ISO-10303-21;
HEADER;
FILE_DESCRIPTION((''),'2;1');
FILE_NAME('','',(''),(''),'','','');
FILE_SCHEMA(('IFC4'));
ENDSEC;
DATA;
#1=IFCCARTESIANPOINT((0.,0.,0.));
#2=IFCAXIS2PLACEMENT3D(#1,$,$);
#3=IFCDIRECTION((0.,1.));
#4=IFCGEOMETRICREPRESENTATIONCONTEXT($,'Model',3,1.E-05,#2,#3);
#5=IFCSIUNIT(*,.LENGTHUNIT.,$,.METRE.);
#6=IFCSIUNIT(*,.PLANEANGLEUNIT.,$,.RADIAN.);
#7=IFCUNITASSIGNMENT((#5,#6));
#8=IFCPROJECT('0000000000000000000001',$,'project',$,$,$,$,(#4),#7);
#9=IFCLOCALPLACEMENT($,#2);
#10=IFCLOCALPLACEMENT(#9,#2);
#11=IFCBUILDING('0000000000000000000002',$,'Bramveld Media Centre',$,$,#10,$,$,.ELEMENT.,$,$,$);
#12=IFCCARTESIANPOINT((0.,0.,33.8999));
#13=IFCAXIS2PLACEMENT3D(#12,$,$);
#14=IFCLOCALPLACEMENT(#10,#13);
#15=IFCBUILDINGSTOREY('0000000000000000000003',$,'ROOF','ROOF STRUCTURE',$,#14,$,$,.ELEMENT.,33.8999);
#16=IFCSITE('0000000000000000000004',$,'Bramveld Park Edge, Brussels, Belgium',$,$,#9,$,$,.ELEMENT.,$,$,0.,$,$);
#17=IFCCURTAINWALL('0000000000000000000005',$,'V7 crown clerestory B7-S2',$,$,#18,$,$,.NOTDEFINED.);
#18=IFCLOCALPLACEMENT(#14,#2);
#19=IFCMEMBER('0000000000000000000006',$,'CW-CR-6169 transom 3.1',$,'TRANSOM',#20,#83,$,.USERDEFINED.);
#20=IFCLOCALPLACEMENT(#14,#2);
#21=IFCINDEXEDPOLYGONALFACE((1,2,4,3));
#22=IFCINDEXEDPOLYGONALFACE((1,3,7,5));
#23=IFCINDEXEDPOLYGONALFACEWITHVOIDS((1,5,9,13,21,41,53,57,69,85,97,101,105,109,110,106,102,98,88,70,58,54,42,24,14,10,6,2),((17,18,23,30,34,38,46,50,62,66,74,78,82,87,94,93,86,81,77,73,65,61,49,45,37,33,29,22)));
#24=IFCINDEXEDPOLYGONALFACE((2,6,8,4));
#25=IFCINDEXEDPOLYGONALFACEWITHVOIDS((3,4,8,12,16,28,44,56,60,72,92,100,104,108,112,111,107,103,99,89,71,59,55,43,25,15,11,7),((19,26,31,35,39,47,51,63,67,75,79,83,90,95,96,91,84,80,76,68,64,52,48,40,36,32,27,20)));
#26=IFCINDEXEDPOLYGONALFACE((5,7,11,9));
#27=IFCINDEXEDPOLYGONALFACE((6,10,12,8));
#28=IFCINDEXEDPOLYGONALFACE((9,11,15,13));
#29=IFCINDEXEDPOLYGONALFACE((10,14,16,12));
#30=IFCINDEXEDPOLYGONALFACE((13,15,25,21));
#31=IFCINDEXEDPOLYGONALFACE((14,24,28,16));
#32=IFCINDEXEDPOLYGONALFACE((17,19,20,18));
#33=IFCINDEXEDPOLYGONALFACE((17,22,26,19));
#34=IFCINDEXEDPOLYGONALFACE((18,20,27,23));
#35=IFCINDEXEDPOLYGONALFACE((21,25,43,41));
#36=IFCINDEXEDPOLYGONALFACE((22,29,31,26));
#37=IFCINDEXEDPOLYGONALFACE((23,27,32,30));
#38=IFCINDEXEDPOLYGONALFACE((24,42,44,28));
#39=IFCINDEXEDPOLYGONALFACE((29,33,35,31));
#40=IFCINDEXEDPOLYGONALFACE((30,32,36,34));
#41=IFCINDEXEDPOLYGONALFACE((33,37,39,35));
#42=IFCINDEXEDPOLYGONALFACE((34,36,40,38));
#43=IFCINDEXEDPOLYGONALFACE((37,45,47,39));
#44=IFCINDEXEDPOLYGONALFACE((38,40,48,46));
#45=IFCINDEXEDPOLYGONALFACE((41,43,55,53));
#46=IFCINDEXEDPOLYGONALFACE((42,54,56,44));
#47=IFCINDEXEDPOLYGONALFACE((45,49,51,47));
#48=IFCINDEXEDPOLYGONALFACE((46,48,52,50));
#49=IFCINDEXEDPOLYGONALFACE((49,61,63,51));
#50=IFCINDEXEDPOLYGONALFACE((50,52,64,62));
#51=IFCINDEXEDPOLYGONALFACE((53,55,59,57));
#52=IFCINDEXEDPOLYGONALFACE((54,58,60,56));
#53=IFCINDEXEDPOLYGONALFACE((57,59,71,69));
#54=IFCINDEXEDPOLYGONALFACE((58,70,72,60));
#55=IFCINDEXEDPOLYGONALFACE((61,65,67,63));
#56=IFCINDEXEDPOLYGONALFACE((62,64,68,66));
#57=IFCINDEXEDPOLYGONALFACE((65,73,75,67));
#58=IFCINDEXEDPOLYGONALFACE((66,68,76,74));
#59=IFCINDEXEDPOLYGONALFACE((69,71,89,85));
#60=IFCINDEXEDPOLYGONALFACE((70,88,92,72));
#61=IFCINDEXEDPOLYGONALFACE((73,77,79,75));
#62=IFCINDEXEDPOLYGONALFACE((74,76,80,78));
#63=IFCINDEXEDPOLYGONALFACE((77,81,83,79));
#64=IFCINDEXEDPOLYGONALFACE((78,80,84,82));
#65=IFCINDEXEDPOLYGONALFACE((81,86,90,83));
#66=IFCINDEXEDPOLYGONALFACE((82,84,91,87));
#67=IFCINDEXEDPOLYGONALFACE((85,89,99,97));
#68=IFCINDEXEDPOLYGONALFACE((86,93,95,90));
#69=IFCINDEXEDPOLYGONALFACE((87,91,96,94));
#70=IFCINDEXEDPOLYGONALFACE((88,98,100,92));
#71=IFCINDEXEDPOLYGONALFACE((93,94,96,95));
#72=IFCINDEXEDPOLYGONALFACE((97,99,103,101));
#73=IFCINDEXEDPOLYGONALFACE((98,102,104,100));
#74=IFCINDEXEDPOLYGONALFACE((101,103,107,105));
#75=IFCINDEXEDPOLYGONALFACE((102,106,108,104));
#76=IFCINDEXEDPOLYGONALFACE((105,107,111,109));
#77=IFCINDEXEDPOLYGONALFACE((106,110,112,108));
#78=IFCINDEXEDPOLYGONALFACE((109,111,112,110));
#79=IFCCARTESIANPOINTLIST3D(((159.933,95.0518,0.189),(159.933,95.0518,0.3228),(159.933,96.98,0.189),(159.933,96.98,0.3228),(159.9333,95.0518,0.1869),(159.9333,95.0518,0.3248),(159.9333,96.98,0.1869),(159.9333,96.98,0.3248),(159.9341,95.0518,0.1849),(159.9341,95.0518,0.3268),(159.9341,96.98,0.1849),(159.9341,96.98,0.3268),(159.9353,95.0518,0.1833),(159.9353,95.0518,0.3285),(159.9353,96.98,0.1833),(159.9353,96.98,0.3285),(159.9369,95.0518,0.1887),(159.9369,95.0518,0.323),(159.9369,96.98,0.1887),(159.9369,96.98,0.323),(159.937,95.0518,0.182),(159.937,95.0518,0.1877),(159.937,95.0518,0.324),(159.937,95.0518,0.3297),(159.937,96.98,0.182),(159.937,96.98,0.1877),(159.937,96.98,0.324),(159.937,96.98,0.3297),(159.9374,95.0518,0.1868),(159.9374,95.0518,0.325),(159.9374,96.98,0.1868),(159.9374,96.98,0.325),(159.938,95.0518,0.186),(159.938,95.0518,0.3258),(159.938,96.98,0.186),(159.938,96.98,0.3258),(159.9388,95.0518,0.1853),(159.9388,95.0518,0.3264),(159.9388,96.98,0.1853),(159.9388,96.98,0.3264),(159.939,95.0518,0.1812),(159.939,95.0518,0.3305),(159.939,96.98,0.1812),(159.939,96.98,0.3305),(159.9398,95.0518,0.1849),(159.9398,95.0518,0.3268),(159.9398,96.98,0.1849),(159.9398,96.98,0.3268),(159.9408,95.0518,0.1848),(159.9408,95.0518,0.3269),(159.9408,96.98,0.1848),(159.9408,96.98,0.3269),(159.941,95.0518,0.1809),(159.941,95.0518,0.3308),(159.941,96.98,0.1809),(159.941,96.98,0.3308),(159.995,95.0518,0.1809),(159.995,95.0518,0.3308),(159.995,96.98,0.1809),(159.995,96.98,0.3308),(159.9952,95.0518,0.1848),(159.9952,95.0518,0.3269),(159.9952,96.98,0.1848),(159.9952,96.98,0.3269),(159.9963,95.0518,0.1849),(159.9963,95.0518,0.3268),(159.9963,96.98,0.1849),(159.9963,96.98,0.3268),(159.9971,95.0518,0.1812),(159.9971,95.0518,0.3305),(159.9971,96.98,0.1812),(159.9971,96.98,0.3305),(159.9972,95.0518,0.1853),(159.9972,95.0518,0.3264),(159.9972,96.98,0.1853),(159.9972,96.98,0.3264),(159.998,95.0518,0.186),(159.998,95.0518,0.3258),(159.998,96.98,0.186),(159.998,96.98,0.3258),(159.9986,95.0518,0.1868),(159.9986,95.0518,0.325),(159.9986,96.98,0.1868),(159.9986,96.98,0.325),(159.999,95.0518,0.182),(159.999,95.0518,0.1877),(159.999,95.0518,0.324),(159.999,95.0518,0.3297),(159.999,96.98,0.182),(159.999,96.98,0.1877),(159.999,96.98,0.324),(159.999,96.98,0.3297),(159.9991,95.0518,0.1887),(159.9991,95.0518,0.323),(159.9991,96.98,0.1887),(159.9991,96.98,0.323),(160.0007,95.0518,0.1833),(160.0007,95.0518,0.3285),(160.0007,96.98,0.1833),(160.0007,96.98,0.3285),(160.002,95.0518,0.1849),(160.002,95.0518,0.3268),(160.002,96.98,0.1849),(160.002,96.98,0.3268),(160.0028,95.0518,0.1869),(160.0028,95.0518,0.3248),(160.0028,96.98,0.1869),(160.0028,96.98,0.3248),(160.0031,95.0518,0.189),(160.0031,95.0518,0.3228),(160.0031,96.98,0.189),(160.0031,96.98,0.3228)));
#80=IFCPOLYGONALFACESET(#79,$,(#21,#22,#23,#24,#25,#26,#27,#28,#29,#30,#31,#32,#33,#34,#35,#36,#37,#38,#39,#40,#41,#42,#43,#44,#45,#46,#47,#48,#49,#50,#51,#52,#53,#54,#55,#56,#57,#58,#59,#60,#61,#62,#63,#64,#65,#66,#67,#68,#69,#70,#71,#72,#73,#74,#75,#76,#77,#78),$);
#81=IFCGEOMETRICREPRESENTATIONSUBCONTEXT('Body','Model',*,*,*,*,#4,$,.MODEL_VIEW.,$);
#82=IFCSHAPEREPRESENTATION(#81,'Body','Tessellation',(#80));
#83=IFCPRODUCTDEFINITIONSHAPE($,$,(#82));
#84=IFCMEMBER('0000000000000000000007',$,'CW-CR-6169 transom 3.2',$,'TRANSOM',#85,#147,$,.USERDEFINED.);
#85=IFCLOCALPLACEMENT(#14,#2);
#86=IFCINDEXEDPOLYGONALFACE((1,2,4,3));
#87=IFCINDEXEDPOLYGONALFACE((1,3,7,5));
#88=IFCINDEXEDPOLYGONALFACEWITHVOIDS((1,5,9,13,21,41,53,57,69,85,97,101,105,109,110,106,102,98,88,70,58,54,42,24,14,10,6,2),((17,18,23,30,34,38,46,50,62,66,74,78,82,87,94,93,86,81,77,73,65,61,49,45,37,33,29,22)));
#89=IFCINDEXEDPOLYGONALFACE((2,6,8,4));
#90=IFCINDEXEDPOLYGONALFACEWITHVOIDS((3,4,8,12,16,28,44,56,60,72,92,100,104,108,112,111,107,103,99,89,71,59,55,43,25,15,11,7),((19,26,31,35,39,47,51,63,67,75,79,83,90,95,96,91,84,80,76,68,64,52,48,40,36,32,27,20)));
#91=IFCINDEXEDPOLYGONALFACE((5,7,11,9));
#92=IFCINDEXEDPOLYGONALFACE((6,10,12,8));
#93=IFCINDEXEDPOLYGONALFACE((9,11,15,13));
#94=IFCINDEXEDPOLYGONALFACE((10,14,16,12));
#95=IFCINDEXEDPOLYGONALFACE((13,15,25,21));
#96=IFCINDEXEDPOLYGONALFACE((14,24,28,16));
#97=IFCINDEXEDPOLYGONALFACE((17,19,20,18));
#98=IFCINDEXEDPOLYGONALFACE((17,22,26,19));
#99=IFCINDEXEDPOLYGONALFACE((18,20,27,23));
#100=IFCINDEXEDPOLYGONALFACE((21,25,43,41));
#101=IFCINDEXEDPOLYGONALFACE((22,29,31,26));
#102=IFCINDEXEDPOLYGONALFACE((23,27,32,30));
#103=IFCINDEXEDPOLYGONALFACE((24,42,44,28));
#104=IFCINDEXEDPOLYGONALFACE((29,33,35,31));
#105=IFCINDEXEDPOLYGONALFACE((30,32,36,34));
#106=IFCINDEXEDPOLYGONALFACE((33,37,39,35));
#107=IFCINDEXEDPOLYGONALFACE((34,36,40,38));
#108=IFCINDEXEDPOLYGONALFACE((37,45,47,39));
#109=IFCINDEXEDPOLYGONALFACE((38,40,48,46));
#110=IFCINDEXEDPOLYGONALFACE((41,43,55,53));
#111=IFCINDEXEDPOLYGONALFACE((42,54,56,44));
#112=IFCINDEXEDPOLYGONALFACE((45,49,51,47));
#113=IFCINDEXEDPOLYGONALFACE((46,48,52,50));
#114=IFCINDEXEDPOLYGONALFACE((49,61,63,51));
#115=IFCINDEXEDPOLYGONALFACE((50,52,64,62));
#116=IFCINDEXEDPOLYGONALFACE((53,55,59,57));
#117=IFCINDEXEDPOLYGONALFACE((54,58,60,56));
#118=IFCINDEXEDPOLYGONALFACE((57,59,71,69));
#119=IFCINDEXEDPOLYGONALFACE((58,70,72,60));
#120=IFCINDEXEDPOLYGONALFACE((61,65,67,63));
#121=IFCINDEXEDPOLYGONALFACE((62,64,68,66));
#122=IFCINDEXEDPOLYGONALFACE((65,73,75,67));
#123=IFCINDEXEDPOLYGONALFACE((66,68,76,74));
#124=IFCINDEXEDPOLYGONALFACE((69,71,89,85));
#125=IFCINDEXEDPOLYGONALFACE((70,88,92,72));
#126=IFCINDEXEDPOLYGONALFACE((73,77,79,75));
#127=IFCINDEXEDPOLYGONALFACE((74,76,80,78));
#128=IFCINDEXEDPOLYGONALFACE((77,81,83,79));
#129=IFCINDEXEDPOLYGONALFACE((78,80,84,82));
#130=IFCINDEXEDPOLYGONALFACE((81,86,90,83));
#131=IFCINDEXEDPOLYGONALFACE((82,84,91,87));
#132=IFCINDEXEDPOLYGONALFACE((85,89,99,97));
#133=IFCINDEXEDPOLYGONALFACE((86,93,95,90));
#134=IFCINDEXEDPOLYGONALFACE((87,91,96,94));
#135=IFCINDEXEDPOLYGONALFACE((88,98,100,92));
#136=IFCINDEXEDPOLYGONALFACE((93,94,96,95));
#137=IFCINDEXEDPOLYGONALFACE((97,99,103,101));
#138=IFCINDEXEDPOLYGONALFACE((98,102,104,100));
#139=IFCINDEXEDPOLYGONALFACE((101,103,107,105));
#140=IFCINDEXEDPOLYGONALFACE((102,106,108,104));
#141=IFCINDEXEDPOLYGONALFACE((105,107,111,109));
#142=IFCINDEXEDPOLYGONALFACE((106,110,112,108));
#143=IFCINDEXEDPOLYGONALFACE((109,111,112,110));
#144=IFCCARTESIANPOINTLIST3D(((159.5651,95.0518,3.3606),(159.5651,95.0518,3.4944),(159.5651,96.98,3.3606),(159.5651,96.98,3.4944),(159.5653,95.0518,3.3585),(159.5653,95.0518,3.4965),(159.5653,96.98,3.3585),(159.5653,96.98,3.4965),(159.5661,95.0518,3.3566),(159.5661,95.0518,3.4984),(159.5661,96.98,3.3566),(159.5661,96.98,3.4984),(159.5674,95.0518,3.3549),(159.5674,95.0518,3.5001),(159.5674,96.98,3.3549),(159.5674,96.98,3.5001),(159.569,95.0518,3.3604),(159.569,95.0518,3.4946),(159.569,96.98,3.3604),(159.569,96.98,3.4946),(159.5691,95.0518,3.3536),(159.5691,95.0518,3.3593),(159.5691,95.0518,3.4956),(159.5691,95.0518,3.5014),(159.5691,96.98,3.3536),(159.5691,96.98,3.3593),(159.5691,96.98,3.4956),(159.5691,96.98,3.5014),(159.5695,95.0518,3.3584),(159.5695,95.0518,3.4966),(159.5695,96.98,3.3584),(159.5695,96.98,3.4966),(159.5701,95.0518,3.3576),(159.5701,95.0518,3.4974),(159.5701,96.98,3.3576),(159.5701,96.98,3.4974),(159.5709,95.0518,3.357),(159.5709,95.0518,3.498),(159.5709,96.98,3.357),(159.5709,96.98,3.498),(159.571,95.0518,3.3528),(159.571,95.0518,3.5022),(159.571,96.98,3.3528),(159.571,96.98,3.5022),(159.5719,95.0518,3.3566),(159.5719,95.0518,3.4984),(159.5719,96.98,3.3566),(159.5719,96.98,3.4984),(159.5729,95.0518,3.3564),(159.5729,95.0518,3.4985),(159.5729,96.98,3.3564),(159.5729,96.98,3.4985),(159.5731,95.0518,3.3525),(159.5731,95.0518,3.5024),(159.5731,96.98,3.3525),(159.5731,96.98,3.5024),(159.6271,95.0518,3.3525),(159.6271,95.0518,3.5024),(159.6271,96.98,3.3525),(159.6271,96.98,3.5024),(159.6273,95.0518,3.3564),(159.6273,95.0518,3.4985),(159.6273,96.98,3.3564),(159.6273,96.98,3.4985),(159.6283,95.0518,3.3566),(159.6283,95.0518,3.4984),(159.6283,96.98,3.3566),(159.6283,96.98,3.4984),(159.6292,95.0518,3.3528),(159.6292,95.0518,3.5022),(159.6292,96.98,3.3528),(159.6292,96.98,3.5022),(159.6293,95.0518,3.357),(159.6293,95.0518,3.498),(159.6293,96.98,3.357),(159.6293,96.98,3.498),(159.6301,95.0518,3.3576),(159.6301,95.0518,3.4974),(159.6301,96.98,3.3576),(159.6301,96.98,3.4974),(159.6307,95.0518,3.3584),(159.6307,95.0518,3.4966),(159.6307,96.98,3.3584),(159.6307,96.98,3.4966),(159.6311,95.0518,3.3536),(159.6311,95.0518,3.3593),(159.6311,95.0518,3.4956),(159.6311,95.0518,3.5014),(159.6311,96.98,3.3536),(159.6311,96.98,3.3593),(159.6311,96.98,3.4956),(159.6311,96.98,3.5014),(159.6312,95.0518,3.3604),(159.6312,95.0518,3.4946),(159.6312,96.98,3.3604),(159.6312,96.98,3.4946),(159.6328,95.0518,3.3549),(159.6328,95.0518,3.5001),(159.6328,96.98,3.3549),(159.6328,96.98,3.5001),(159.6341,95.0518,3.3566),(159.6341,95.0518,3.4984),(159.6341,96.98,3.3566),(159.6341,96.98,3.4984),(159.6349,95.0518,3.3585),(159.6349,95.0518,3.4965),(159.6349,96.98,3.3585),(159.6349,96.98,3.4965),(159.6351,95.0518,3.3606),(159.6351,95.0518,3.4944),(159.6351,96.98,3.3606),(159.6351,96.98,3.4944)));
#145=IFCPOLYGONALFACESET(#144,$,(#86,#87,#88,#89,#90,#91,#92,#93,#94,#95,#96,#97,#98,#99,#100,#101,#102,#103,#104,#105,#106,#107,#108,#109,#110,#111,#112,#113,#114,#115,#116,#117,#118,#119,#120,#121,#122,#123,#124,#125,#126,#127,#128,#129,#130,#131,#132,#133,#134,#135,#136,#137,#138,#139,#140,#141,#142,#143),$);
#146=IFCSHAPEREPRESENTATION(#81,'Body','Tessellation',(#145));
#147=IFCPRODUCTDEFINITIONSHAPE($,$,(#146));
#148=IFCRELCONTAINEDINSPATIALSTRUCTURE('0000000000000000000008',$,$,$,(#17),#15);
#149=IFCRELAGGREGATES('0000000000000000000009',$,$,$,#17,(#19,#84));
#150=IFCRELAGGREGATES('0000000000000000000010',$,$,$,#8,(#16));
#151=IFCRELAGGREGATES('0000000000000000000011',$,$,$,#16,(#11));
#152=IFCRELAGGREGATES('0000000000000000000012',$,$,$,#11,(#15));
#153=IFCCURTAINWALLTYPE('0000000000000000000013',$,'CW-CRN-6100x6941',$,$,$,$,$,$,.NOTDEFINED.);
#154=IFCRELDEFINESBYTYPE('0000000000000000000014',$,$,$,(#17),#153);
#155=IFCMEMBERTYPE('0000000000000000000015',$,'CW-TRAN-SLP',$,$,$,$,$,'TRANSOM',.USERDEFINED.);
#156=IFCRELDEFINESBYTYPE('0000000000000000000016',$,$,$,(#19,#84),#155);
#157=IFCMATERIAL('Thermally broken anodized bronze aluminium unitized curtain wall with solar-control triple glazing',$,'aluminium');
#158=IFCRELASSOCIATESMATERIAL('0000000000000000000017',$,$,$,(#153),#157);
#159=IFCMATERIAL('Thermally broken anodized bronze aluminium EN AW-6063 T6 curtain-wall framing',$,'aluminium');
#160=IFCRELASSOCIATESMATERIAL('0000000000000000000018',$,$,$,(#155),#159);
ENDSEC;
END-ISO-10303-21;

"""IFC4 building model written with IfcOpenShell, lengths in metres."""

from ifc_helpers import new_model, si_unit, direction, frame, origin, origin_2d, place, context, subcontext, project, spatial, hollow_rectangle, extrude, material, material_profile, profile_set, type_object, element, aggregate, save


model = new_model("IFC4")

# Units and contexts
model_context = context("Model", 3, precision=1e-05, world=origin(), true_north=direction((0.0, 1.0)))
body_context = subcontext(model_context, "Body", "Model", "MODEL_VIEW")
ifc_project = project(units=[si_unit("LENGTHUNIT", "METRE"), si_unit("PLANEANGLEUNIT", "RADIAN")], contexts=[model_context])

# Site, building, storey
site_placement = place(None, origin())
site = spatial("IfcSite", under=ifc_project, at=site_placement, Name="Bramveld Park Edge, Brussels, Belgium", CompositionType="ELEMENT", RefElevation=0.0)
building_placement = place(site_placement, origin())
building = spatial("IfcBuilding", under=site, at=building_placement, Name="Bramveld Media Centre", CompositionType="ELEMENT")
storey_placement = place(building_placement, frame((0.0, 0.0, 33.8999)))
storey = spatial("IfcBuildingStorey", under=building, at=storey_placement, Name="ROOF", Description="ROOF STRUCTURE", CompositionType="ELEMENT", Elevation=33.8999)

# Curtain wall
ifc_material_1 = material(Name="Thermally broken anodized bronze aluminium unitized curtain wall with solar-control triple glazing", Category="aluminium")
curtain_wall_type = type_object("IfcCurtainWallType", Name="CW-CRN-6100x6941", PredefinedType="NOTDEFINED", material=ifc_material_1)
curtain_wall_1_placement = place(storey_placement, origin())
curtain_wall_1 = element("IfcCurtainWall", 1, at=curtain_wall_1_placement, inside=storey, type_object=curtain_wall_type, Name="V7 crown clerestory B7-S2", PredefinedType="NOTDEFINED")

# Members
ifc_material_2 = material(Name="Thermally broken anodized bronze aluminium EN AW-6063 T6 curtain-wall framing", Category="aluminium")
ifc_material_profile_1 = material_profile(ifc_material_2, hollow_rectangle(XDim=0.0701, YDim=0.1499, WallThickness=0.0039, InnerFilletRadius=0.0039, OuterFilletRadius=0.0081, at=origin_2d()), Name="AL-TRAN 70x150")
ifc_profile_set_1 = profile_set([ifc_material_profile_1], Name="Thermally broken anodized bronze aluminium EN AW-6063 T6 curtain-wall framing")
member_type_1 = type_object("IfcMemberType", Name="CW-TRAN-SLP", ElementType="TRANSOM", PredefinedType="USERDEFINED", material=ifc_profile_set_1)
member_1_placement = place(storey_placement, frame((159.968, 95.0518, 0.2559), z_axis=(0.0, 1.0, 0.0), x_axis=(-1.0, 0.0, 0.0)))
member_1 = element("IfcMember", 2, at=member_1_placement, type_object=member_type_1, Name="CW-CR-6169 transom 3.1", ObjectType="TRANSOM", PredefinedType="USERDEFINED", context=body_context, shape_type="SweptSolid", body=[
    extrude(hollow_rectangle(XDim=0.0701, YDim=0.1499, WallThickness=0.0039, InnerFilletRadius=0.0039, OuterFilletRadius=0.0081, at=origin_2d()), origin(), (0.0, 0.0, 1.0), 1.9282),
])
member_2_placement = place(storey_placement, frame((159.6001, 95.0518, 3.4275), z_axis=(0.0, 1.0, 0.0), x_axis=(-1.0, 0.0, 0.0)))
member_2 = element("IfcMember", 3, at=member_2_placement, type_object=member_type_1, Name="CW-CR-6169 transom 3.2", ObjectType="TRANSOM", PredefinedType="USERDEFINED", context=body_context, shape_type="SweptSolid", body=[
    extrude(hollow_rectangle(XDim=0.0701, YDim=0.1499, WallThickness=0.0039, InnerFilletRadius=0.0039, OuterFilletRadius=0.0081, at=origin_2d()), origin(), (0.0, 0.0, 1.0), 1.9282),
])

aggregate(curtain_wall_1, [member_1, member_2])

save(model, "model.ifc")
